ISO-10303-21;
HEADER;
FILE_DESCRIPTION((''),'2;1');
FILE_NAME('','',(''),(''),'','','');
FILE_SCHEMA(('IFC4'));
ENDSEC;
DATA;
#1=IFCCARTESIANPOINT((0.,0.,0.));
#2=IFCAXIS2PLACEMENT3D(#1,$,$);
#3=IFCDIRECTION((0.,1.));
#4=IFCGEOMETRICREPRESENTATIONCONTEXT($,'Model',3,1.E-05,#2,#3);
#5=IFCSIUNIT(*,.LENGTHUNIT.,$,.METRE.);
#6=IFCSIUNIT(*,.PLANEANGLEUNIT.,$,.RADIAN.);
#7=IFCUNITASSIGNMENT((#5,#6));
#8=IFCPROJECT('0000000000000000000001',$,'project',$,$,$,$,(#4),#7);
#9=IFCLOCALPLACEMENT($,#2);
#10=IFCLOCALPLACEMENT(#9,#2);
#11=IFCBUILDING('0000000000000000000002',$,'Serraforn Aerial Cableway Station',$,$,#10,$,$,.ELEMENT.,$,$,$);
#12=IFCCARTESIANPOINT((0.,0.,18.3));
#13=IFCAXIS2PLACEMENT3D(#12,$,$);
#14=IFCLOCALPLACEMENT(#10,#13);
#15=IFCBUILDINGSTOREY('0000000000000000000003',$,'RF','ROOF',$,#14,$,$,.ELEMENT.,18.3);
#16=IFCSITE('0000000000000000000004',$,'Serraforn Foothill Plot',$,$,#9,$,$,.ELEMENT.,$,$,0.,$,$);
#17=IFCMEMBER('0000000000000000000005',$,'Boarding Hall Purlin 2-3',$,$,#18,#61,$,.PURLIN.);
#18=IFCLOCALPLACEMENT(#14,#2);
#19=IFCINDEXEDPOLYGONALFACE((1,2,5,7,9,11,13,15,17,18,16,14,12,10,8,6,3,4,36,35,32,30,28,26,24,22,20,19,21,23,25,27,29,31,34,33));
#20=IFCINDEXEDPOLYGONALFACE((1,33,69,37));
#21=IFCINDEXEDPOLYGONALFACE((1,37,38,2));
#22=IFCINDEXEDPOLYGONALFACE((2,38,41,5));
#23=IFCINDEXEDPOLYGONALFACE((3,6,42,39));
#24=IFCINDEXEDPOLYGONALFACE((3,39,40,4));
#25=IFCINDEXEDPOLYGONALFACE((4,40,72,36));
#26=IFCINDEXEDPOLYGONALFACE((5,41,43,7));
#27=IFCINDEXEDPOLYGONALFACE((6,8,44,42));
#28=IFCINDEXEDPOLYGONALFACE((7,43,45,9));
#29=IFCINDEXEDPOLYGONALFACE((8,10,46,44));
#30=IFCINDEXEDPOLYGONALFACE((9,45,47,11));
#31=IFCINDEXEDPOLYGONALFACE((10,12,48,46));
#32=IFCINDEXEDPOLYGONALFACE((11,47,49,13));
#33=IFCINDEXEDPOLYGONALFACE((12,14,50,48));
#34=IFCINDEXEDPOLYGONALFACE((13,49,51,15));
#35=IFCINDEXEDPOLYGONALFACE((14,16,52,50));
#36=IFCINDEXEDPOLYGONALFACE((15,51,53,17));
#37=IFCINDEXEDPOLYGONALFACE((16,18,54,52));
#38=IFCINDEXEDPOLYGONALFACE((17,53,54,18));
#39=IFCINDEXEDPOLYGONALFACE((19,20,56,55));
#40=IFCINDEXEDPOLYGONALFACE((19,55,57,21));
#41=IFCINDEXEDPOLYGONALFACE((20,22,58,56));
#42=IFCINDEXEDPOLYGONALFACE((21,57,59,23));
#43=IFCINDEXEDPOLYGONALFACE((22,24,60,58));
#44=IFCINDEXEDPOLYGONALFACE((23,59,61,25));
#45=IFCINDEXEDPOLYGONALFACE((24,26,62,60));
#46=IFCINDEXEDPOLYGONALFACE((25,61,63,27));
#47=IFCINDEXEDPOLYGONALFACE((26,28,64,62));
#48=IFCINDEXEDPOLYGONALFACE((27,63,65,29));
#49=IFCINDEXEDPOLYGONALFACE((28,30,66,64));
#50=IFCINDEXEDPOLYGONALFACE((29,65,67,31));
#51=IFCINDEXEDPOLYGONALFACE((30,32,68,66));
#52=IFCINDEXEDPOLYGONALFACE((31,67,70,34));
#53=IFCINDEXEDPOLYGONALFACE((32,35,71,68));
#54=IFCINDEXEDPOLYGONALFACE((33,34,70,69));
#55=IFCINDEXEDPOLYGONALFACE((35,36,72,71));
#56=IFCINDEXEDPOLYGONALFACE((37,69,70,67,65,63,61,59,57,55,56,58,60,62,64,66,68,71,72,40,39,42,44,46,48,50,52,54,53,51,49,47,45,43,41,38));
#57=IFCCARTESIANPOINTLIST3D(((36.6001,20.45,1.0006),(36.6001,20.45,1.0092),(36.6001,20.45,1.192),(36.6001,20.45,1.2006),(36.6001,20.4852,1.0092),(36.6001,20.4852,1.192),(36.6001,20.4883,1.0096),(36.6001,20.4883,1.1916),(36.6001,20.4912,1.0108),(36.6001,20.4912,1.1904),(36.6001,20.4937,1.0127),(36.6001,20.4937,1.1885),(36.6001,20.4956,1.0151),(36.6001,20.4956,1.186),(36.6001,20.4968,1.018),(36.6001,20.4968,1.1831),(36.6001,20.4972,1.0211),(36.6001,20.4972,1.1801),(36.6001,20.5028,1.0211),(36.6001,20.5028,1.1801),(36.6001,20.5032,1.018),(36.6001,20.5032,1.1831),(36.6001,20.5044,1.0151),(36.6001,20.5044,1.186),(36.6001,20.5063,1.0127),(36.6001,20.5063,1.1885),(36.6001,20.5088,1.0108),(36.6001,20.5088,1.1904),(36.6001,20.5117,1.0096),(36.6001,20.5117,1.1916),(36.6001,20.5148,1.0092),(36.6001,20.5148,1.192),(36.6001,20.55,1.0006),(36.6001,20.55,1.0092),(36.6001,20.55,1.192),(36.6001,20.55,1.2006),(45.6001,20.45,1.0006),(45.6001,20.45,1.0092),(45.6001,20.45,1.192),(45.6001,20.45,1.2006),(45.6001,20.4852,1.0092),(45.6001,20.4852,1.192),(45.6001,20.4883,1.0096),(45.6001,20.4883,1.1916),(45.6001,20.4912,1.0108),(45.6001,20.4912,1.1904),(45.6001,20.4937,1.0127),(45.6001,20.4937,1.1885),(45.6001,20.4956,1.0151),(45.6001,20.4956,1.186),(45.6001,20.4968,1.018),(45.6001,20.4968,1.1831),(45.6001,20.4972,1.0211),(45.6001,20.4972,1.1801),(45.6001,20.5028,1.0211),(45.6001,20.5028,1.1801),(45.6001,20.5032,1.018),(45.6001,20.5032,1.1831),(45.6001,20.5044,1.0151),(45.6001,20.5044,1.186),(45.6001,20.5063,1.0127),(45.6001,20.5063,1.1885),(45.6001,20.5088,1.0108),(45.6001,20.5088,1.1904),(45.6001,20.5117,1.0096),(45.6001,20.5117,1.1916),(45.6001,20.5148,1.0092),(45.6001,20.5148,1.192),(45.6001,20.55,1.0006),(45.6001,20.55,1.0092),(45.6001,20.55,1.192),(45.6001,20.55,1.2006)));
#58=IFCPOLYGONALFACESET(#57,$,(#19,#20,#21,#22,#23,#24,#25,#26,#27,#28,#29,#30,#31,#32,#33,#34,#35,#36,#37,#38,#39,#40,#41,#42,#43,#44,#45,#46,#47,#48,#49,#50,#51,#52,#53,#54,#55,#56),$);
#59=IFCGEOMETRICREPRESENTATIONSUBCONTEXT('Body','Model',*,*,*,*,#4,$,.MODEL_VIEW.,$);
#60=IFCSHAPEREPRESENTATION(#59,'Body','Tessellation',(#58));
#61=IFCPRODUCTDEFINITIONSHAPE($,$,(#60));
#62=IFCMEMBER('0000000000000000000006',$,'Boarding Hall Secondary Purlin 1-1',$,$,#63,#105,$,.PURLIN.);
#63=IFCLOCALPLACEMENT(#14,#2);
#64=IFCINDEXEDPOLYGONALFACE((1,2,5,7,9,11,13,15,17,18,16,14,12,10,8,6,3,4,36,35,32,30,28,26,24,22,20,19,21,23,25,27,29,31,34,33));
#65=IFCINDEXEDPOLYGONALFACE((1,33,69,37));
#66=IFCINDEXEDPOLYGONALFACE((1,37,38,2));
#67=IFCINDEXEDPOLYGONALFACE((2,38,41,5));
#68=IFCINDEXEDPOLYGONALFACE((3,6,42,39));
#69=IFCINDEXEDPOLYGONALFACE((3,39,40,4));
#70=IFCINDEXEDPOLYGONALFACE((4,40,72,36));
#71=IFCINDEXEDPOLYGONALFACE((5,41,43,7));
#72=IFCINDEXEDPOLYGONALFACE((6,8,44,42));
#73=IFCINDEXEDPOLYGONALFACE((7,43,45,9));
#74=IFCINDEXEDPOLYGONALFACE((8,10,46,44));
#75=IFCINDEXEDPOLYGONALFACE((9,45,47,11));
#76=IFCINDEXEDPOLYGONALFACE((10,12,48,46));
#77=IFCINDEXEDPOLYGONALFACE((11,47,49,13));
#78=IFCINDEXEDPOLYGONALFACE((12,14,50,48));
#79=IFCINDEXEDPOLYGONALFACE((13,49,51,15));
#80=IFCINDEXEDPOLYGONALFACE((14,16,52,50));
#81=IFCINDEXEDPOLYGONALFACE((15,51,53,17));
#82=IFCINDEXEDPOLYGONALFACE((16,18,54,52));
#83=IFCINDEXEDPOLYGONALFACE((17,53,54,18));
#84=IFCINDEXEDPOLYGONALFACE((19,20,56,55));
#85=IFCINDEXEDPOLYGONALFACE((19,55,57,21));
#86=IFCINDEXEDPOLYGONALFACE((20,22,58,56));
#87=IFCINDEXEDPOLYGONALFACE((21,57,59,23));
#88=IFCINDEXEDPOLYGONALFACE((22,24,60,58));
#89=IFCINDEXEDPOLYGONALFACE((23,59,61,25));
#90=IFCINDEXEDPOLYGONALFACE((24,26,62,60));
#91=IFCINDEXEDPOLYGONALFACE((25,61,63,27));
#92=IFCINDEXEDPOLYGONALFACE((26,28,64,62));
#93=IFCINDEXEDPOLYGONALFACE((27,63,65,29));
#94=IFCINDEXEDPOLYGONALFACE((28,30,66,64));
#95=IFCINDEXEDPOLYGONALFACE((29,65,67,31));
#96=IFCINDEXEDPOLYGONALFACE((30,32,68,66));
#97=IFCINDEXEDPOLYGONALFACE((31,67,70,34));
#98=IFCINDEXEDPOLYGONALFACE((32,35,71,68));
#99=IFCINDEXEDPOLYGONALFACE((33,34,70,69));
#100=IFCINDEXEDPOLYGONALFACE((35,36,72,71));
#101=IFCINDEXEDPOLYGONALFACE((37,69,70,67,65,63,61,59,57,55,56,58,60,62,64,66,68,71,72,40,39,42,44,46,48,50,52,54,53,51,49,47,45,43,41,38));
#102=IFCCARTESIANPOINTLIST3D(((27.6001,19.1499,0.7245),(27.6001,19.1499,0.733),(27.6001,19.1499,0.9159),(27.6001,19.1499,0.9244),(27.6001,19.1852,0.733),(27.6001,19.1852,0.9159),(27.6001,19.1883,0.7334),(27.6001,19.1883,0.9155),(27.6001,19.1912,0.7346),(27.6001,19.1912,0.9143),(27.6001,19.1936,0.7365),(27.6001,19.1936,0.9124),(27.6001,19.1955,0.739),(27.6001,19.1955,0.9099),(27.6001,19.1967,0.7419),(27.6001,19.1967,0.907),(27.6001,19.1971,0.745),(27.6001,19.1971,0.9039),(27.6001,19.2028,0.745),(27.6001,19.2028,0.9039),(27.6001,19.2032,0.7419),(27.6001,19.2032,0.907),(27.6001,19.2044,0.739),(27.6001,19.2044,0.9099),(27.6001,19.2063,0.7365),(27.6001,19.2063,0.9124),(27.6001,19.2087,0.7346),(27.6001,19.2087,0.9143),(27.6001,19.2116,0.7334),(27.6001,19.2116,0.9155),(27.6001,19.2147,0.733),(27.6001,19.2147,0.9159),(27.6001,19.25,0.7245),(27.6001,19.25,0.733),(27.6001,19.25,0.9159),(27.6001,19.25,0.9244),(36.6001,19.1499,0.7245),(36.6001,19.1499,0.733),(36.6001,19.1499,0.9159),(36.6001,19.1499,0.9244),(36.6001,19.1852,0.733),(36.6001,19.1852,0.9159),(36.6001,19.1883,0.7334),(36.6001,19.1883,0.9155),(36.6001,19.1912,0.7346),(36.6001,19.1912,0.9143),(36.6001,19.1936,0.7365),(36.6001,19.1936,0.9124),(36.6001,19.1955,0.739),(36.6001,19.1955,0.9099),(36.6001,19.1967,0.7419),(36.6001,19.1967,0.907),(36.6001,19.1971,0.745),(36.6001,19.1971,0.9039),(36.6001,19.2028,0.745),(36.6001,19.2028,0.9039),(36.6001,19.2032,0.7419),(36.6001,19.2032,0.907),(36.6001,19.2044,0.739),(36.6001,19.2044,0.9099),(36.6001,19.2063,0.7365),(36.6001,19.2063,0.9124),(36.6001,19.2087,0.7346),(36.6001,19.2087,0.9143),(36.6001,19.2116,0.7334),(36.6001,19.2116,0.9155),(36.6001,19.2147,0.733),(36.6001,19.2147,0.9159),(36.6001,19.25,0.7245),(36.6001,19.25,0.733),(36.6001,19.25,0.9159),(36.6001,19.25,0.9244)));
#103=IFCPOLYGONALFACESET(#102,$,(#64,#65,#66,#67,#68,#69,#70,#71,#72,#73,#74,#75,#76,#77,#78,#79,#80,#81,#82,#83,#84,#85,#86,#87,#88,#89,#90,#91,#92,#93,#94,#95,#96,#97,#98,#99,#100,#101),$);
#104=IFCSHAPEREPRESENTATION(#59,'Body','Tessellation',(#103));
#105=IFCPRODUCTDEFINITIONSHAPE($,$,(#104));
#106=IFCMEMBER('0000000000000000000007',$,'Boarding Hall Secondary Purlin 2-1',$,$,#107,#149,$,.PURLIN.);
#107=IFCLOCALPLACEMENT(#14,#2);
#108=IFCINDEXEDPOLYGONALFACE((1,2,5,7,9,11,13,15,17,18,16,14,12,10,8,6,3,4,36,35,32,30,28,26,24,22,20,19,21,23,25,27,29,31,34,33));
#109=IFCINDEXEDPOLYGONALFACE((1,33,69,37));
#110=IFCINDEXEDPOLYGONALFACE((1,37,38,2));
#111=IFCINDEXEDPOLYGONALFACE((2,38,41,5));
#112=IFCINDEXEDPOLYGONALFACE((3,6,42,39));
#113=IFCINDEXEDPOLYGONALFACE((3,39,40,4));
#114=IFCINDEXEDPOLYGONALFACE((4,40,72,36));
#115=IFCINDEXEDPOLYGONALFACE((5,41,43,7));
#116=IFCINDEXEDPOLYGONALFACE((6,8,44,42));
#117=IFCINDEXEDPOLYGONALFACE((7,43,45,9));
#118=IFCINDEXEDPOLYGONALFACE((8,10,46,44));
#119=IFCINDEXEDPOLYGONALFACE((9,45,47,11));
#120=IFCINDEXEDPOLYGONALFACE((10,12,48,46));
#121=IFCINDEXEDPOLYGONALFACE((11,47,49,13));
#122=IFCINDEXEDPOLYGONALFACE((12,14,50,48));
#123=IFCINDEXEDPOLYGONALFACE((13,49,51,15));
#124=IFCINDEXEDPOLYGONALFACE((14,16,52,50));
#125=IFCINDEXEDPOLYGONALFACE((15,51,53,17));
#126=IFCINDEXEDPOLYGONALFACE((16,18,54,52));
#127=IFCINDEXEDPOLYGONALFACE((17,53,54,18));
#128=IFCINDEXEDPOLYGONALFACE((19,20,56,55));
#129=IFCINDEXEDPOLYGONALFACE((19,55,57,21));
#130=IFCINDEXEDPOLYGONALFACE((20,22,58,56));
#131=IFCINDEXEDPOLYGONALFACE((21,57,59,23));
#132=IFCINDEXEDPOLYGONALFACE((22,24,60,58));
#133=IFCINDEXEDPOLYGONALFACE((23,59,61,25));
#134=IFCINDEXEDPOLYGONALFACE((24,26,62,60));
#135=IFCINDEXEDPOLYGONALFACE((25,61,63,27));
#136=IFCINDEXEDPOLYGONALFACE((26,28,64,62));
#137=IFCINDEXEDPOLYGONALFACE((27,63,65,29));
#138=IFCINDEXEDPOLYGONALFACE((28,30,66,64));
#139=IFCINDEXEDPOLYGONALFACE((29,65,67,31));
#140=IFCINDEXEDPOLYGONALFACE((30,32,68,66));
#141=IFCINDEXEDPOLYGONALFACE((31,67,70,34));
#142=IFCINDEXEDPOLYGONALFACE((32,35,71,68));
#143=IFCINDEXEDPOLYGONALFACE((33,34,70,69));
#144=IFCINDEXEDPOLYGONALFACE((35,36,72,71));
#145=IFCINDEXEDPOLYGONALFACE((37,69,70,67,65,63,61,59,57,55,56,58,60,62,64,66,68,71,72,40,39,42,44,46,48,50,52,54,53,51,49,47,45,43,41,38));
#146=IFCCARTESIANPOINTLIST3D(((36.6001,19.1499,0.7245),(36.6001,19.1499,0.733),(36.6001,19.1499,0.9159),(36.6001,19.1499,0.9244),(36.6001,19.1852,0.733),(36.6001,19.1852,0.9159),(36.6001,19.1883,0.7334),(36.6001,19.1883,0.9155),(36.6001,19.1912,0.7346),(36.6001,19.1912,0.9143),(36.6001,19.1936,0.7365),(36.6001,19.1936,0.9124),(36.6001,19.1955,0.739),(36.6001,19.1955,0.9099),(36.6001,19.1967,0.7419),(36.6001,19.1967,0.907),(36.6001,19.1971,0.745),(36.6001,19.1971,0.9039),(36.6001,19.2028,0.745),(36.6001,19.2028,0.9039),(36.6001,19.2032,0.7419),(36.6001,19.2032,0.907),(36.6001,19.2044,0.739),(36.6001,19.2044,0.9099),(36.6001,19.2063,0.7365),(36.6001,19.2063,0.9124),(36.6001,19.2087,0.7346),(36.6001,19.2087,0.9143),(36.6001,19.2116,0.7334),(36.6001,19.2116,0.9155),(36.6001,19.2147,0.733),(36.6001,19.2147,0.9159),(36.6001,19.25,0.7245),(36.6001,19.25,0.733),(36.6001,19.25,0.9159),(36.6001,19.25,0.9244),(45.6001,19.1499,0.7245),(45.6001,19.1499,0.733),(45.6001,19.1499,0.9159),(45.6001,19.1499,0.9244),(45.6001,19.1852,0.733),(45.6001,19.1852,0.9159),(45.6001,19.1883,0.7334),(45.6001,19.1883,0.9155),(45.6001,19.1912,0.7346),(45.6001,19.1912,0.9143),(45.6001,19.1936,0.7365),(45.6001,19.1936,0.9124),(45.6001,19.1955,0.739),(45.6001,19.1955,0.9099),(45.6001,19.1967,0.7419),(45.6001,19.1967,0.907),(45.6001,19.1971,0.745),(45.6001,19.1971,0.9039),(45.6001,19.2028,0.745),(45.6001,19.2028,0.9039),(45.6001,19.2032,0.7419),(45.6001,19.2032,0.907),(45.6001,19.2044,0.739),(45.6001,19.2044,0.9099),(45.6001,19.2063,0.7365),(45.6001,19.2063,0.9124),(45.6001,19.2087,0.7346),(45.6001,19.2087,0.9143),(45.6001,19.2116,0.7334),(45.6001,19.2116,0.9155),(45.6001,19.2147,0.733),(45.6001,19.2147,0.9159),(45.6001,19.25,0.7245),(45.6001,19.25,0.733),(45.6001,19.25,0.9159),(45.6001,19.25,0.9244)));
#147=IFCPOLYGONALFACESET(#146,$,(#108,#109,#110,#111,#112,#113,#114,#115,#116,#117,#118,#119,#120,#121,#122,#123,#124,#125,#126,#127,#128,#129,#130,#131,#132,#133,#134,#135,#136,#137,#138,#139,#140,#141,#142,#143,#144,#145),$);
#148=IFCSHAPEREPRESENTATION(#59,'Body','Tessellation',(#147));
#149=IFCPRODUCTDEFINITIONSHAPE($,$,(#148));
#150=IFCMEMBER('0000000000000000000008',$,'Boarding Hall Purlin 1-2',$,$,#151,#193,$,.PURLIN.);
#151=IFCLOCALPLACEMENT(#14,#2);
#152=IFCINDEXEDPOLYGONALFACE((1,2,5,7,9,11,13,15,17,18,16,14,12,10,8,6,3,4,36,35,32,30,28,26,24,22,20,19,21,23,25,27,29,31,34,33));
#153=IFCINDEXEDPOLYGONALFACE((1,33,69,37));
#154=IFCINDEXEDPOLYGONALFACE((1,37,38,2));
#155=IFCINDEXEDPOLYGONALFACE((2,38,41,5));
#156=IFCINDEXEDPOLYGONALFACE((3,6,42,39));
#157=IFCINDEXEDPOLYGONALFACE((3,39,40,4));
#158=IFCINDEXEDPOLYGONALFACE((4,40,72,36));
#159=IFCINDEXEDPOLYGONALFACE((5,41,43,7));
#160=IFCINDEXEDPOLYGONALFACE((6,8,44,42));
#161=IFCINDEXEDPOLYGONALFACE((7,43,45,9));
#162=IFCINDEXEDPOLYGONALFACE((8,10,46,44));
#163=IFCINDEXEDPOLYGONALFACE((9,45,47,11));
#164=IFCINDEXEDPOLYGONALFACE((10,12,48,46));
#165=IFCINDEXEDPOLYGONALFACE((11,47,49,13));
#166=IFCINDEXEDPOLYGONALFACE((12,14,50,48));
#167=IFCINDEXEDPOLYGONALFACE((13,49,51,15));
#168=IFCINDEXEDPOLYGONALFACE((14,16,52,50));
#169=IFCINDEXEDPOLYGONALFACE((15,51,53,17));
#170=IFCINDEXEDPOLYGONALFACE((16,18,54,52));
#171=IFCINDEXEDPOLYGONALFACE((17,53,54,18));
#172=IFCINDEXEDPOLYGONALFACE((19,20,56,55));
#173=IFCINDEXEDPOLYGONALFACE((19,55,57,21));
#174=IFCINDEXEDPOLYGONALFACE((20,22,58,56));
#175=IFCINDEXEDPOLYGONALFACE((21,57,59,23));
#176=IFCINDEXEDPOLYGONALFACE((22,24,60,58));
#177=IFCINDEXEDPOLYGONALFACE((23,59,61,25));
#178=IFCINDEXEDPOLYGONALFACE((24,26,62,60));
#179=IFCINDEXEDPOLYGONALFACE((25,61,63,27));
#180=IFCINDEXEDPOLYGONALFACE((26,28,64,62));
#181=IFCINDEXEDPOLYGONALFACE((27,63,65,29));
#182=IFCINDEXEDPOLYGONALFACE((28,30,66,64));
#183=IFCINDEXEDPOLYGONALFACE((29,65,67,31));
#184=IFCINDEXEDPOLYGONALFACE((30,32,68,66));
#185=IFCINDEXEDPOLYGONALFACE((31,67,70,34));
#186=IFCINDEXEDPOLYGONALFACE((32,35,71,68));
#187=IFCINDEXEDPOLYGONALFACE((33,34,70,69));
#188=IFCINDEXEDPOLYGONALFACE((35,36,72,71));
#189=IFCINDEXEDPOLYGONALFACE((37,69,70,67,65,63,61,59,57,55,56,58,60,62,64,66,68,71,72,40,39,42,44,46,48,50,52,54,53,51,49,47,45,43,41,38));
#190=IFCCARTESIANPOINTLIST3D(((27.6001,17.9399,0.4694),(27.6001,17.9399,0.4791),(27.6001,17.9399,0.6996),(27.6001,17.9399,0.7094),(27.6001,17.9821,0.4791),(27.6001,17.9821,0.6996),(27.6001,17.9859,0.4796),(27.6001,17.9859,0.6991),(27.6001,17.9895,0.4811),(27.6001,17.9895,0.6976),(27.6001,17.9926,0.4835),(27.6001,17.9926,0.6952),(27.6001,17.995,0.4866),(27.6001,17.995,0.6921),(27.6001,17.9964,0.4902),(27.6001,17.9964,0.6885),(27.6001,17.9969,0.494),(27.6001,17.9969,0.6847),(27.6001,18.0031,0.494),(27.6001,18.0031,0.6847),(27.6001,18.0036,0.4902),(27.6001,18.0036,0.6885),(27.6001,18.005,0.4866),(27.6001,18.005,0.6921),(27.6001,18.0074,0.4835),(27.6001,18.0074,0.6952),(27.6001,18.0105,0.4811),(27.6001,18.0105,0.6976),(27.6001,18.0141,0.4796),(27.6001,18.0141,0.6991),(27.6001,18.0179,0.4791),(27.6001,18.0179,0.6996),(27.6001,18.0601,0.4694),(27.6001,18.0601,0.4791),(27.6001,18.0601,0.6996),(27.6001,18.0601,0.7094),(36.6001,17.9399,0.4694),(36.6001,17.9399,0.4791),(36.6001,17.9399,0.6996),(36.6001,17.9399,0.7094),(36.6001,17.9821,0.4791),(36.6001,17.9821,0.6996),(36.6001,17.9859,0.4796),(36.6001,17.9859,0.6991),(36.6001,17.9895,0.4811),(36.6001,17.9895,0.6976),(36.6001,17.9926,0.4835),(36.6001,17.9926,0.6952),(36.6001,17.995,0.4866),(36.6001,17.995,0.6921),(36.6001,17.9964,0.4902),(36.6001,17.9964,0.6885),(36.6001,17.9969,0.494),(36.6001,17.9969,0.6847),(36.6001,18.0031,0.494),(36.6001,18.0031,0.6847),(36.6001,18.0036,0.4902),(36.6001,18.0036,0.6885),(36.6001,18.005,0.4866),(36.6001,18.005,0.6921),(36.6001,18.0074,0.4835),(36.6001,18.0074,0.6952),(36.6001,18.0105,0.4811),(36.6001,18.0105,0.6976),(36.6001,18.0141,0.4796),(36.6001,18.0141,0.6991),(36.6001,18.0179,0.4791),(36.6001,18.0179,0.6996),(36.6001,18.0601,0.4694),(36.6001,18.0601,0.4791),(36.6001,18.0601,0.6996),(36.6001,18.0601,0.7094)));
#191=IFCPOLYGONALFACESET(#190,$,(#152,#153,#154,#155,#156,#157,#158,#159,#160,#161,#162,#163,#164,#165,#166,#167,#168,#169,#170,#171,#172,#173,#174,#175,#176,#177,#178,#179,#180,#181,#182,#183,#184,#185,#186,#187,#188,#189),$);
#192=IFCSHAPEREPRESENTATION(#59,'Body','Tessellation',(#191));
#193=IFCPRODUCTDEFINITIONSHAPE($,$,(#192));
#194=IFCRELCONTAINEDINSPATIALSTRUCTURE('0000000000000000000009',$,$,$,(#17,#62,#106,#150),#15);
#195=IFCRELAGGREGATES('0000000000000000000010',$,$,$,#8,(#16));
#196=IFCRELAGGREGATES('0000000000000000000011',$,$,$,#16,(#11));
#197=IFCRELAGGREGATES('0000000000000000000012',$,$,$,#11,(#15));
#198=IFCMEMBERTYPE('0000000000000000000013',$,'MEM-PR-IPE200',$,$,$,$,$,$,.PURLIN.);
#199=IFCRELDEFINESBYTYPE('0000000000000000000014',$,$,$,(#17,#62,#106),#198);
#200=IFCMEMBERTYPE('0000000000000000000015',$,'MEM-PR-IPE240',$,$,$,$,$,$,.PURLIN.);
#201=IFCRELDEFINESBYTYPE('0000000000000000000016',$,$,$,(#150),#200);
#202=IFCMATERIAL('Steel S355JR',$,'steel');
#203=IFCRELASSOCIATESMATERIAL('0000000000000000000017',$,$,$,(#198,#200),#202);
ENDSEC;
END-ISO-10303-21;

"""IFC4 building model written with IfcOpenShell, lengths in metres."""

from ifc_helpers import new_model, si_unit, direction, frame, origin, origin_2d, place, context, subcontext, project, spatial, i_section, extrude, material, material_profile, profile_set, type_object, element, save


model = new_model("IFC4")

# Units and contexts
model_context = context("Model", 3, precision=1e-05, world=origin(), true_north=direction((0.0, 1.0)))
body_context = subcontext(model_context, "Body", "Model", "MODEL_VIEW")
ifc_project = project(units=[si_unit("LENGTHUNIT", "METRE"), si_unit("PLANEANGLEUNIT", "RADIAN")], contexts=[model_context])

# Site, building, storey
site_placement = place(None, origin())
site = spatial("IfcSite", under=ifc_project, at=site_placement, Name="Serraforn Foothill Plot", CompositionType="ELEMENT", RefElevation=0.0)
building_placement = place(site_placement, origin())
building = spatial("IfcBuilding", under=site, at=building_placement, Name="Serraforn Aerial Cableway Station", CompositionType="ELEMENT")
storey_placement = place(building_placement, frame((0.0, 0.0, 18.3)))
storey = spatial("IfcBuildingStorey", under=building, at=storey_placement, Name="RF", Description="ROOF", CompositionType="ELEMENT", Elevation=18.3)

# Members
ifc_material_1 = material(Name="Steel S355JR", Category="steel")
ifc_material_profile_1 = material_profile(ifc_material_1, i_section(OverallWidth=0.1001, OverallDepth=0.2, WebThickness=0.0056, FlangeThickness=0.0085, FilletRadius=0.012, at=origin_2d()), Name="IPE 200")
ifc_profile_set_1 = profile_set([ifc_material_profile_1], Name="Steel S355JR")
member_type_1 = type_object("IfcMemberType", Name="MEM-PR-IPE200", PredefinedType="PURLIN", material=ifc_profile_set_1)
for number, where, z_axis, x_axis, name in (
    (1, (36.6001, 20.5, 1.1006), (1.0, 0.0, 0.0), (0.0, 1.0, 0.0), "Boarding Hall Purlin 2-3"),
    (2, (27.6001, 19.2, 0.8245), (1.0, 0.0, 0.0), (0.0, 1.0, 0.0), "Boarding Hall Secondary Purlin 1-1"),
    (3, (36.6001, 19.2, 0.8245), (1.0, 0.0, 0.0), (0.0, 1.0, 0.0), "Boarding Hall Secondary Purlin 2-1"),
):
    element("IfcMember", number, at=place(storey_placement, frame(where, z_axis=z_axis, x_axis=x_axis)), inside=storey, type_object=member_type_1, Name=name, PredefinedType="PURLIN", context=body_context, shape_type="SweptSolid", body=[
        extrude(i_section(OverallWidth=0.1001, OverallDepth=0.2, WebThickness=0.0056, FlangeThickness=0.0085, FilletRadius=0.012, at=origin_2d()), origin(), (0.0, 0.0, 1.0), 9.0),
    ])
ifc_material_profile_2 = material_profile(ifc_material_1, i_section(OverallWidth=0.1201, OverallDepth=0.24, WebThickness=0.0061, FlangeThickness=0.0098, FilletRadius=0.0149, at=origin_2d()), Name="IPE 240")
ifc_profile_set_2 = profile_set([ifc_material_profile_2], Name="Steel S355JR")
member_type_2 = type_object("IfcMemberType", Name="MEM-PR-IPE240", PredefinedType="PURLIN", material=ifc_profile_set_2)
for number, where, z_axis, x_axis, name in (
    (4, (27.6001, 18.0, 0.5894), (1.0, 0.0, 0.0), (0.0, 1.0, 0.0), "Boarding Hall Purlin 1-2"),
):
    element("IfcMember", number, at=place(storey_placement, frame(where, z_axis=z_axis, x_axis=x_axis)), inside=storey, type_object=member_type_2, Name=name, PredefinedType="PURLIN", context=body_context, shape_type="SweptSolid", body=[
        extrude(i_section(OverallWidth=0.1201, OverallDepth=0.24, WebThickness=0.0061, FlangeThickness=0.0098, FilletRadius=0.0149, at=origin_2d()), origin(), (0.0, 0.0, 1.0), 9.0),
    ])

save(model, "model.ifc")
